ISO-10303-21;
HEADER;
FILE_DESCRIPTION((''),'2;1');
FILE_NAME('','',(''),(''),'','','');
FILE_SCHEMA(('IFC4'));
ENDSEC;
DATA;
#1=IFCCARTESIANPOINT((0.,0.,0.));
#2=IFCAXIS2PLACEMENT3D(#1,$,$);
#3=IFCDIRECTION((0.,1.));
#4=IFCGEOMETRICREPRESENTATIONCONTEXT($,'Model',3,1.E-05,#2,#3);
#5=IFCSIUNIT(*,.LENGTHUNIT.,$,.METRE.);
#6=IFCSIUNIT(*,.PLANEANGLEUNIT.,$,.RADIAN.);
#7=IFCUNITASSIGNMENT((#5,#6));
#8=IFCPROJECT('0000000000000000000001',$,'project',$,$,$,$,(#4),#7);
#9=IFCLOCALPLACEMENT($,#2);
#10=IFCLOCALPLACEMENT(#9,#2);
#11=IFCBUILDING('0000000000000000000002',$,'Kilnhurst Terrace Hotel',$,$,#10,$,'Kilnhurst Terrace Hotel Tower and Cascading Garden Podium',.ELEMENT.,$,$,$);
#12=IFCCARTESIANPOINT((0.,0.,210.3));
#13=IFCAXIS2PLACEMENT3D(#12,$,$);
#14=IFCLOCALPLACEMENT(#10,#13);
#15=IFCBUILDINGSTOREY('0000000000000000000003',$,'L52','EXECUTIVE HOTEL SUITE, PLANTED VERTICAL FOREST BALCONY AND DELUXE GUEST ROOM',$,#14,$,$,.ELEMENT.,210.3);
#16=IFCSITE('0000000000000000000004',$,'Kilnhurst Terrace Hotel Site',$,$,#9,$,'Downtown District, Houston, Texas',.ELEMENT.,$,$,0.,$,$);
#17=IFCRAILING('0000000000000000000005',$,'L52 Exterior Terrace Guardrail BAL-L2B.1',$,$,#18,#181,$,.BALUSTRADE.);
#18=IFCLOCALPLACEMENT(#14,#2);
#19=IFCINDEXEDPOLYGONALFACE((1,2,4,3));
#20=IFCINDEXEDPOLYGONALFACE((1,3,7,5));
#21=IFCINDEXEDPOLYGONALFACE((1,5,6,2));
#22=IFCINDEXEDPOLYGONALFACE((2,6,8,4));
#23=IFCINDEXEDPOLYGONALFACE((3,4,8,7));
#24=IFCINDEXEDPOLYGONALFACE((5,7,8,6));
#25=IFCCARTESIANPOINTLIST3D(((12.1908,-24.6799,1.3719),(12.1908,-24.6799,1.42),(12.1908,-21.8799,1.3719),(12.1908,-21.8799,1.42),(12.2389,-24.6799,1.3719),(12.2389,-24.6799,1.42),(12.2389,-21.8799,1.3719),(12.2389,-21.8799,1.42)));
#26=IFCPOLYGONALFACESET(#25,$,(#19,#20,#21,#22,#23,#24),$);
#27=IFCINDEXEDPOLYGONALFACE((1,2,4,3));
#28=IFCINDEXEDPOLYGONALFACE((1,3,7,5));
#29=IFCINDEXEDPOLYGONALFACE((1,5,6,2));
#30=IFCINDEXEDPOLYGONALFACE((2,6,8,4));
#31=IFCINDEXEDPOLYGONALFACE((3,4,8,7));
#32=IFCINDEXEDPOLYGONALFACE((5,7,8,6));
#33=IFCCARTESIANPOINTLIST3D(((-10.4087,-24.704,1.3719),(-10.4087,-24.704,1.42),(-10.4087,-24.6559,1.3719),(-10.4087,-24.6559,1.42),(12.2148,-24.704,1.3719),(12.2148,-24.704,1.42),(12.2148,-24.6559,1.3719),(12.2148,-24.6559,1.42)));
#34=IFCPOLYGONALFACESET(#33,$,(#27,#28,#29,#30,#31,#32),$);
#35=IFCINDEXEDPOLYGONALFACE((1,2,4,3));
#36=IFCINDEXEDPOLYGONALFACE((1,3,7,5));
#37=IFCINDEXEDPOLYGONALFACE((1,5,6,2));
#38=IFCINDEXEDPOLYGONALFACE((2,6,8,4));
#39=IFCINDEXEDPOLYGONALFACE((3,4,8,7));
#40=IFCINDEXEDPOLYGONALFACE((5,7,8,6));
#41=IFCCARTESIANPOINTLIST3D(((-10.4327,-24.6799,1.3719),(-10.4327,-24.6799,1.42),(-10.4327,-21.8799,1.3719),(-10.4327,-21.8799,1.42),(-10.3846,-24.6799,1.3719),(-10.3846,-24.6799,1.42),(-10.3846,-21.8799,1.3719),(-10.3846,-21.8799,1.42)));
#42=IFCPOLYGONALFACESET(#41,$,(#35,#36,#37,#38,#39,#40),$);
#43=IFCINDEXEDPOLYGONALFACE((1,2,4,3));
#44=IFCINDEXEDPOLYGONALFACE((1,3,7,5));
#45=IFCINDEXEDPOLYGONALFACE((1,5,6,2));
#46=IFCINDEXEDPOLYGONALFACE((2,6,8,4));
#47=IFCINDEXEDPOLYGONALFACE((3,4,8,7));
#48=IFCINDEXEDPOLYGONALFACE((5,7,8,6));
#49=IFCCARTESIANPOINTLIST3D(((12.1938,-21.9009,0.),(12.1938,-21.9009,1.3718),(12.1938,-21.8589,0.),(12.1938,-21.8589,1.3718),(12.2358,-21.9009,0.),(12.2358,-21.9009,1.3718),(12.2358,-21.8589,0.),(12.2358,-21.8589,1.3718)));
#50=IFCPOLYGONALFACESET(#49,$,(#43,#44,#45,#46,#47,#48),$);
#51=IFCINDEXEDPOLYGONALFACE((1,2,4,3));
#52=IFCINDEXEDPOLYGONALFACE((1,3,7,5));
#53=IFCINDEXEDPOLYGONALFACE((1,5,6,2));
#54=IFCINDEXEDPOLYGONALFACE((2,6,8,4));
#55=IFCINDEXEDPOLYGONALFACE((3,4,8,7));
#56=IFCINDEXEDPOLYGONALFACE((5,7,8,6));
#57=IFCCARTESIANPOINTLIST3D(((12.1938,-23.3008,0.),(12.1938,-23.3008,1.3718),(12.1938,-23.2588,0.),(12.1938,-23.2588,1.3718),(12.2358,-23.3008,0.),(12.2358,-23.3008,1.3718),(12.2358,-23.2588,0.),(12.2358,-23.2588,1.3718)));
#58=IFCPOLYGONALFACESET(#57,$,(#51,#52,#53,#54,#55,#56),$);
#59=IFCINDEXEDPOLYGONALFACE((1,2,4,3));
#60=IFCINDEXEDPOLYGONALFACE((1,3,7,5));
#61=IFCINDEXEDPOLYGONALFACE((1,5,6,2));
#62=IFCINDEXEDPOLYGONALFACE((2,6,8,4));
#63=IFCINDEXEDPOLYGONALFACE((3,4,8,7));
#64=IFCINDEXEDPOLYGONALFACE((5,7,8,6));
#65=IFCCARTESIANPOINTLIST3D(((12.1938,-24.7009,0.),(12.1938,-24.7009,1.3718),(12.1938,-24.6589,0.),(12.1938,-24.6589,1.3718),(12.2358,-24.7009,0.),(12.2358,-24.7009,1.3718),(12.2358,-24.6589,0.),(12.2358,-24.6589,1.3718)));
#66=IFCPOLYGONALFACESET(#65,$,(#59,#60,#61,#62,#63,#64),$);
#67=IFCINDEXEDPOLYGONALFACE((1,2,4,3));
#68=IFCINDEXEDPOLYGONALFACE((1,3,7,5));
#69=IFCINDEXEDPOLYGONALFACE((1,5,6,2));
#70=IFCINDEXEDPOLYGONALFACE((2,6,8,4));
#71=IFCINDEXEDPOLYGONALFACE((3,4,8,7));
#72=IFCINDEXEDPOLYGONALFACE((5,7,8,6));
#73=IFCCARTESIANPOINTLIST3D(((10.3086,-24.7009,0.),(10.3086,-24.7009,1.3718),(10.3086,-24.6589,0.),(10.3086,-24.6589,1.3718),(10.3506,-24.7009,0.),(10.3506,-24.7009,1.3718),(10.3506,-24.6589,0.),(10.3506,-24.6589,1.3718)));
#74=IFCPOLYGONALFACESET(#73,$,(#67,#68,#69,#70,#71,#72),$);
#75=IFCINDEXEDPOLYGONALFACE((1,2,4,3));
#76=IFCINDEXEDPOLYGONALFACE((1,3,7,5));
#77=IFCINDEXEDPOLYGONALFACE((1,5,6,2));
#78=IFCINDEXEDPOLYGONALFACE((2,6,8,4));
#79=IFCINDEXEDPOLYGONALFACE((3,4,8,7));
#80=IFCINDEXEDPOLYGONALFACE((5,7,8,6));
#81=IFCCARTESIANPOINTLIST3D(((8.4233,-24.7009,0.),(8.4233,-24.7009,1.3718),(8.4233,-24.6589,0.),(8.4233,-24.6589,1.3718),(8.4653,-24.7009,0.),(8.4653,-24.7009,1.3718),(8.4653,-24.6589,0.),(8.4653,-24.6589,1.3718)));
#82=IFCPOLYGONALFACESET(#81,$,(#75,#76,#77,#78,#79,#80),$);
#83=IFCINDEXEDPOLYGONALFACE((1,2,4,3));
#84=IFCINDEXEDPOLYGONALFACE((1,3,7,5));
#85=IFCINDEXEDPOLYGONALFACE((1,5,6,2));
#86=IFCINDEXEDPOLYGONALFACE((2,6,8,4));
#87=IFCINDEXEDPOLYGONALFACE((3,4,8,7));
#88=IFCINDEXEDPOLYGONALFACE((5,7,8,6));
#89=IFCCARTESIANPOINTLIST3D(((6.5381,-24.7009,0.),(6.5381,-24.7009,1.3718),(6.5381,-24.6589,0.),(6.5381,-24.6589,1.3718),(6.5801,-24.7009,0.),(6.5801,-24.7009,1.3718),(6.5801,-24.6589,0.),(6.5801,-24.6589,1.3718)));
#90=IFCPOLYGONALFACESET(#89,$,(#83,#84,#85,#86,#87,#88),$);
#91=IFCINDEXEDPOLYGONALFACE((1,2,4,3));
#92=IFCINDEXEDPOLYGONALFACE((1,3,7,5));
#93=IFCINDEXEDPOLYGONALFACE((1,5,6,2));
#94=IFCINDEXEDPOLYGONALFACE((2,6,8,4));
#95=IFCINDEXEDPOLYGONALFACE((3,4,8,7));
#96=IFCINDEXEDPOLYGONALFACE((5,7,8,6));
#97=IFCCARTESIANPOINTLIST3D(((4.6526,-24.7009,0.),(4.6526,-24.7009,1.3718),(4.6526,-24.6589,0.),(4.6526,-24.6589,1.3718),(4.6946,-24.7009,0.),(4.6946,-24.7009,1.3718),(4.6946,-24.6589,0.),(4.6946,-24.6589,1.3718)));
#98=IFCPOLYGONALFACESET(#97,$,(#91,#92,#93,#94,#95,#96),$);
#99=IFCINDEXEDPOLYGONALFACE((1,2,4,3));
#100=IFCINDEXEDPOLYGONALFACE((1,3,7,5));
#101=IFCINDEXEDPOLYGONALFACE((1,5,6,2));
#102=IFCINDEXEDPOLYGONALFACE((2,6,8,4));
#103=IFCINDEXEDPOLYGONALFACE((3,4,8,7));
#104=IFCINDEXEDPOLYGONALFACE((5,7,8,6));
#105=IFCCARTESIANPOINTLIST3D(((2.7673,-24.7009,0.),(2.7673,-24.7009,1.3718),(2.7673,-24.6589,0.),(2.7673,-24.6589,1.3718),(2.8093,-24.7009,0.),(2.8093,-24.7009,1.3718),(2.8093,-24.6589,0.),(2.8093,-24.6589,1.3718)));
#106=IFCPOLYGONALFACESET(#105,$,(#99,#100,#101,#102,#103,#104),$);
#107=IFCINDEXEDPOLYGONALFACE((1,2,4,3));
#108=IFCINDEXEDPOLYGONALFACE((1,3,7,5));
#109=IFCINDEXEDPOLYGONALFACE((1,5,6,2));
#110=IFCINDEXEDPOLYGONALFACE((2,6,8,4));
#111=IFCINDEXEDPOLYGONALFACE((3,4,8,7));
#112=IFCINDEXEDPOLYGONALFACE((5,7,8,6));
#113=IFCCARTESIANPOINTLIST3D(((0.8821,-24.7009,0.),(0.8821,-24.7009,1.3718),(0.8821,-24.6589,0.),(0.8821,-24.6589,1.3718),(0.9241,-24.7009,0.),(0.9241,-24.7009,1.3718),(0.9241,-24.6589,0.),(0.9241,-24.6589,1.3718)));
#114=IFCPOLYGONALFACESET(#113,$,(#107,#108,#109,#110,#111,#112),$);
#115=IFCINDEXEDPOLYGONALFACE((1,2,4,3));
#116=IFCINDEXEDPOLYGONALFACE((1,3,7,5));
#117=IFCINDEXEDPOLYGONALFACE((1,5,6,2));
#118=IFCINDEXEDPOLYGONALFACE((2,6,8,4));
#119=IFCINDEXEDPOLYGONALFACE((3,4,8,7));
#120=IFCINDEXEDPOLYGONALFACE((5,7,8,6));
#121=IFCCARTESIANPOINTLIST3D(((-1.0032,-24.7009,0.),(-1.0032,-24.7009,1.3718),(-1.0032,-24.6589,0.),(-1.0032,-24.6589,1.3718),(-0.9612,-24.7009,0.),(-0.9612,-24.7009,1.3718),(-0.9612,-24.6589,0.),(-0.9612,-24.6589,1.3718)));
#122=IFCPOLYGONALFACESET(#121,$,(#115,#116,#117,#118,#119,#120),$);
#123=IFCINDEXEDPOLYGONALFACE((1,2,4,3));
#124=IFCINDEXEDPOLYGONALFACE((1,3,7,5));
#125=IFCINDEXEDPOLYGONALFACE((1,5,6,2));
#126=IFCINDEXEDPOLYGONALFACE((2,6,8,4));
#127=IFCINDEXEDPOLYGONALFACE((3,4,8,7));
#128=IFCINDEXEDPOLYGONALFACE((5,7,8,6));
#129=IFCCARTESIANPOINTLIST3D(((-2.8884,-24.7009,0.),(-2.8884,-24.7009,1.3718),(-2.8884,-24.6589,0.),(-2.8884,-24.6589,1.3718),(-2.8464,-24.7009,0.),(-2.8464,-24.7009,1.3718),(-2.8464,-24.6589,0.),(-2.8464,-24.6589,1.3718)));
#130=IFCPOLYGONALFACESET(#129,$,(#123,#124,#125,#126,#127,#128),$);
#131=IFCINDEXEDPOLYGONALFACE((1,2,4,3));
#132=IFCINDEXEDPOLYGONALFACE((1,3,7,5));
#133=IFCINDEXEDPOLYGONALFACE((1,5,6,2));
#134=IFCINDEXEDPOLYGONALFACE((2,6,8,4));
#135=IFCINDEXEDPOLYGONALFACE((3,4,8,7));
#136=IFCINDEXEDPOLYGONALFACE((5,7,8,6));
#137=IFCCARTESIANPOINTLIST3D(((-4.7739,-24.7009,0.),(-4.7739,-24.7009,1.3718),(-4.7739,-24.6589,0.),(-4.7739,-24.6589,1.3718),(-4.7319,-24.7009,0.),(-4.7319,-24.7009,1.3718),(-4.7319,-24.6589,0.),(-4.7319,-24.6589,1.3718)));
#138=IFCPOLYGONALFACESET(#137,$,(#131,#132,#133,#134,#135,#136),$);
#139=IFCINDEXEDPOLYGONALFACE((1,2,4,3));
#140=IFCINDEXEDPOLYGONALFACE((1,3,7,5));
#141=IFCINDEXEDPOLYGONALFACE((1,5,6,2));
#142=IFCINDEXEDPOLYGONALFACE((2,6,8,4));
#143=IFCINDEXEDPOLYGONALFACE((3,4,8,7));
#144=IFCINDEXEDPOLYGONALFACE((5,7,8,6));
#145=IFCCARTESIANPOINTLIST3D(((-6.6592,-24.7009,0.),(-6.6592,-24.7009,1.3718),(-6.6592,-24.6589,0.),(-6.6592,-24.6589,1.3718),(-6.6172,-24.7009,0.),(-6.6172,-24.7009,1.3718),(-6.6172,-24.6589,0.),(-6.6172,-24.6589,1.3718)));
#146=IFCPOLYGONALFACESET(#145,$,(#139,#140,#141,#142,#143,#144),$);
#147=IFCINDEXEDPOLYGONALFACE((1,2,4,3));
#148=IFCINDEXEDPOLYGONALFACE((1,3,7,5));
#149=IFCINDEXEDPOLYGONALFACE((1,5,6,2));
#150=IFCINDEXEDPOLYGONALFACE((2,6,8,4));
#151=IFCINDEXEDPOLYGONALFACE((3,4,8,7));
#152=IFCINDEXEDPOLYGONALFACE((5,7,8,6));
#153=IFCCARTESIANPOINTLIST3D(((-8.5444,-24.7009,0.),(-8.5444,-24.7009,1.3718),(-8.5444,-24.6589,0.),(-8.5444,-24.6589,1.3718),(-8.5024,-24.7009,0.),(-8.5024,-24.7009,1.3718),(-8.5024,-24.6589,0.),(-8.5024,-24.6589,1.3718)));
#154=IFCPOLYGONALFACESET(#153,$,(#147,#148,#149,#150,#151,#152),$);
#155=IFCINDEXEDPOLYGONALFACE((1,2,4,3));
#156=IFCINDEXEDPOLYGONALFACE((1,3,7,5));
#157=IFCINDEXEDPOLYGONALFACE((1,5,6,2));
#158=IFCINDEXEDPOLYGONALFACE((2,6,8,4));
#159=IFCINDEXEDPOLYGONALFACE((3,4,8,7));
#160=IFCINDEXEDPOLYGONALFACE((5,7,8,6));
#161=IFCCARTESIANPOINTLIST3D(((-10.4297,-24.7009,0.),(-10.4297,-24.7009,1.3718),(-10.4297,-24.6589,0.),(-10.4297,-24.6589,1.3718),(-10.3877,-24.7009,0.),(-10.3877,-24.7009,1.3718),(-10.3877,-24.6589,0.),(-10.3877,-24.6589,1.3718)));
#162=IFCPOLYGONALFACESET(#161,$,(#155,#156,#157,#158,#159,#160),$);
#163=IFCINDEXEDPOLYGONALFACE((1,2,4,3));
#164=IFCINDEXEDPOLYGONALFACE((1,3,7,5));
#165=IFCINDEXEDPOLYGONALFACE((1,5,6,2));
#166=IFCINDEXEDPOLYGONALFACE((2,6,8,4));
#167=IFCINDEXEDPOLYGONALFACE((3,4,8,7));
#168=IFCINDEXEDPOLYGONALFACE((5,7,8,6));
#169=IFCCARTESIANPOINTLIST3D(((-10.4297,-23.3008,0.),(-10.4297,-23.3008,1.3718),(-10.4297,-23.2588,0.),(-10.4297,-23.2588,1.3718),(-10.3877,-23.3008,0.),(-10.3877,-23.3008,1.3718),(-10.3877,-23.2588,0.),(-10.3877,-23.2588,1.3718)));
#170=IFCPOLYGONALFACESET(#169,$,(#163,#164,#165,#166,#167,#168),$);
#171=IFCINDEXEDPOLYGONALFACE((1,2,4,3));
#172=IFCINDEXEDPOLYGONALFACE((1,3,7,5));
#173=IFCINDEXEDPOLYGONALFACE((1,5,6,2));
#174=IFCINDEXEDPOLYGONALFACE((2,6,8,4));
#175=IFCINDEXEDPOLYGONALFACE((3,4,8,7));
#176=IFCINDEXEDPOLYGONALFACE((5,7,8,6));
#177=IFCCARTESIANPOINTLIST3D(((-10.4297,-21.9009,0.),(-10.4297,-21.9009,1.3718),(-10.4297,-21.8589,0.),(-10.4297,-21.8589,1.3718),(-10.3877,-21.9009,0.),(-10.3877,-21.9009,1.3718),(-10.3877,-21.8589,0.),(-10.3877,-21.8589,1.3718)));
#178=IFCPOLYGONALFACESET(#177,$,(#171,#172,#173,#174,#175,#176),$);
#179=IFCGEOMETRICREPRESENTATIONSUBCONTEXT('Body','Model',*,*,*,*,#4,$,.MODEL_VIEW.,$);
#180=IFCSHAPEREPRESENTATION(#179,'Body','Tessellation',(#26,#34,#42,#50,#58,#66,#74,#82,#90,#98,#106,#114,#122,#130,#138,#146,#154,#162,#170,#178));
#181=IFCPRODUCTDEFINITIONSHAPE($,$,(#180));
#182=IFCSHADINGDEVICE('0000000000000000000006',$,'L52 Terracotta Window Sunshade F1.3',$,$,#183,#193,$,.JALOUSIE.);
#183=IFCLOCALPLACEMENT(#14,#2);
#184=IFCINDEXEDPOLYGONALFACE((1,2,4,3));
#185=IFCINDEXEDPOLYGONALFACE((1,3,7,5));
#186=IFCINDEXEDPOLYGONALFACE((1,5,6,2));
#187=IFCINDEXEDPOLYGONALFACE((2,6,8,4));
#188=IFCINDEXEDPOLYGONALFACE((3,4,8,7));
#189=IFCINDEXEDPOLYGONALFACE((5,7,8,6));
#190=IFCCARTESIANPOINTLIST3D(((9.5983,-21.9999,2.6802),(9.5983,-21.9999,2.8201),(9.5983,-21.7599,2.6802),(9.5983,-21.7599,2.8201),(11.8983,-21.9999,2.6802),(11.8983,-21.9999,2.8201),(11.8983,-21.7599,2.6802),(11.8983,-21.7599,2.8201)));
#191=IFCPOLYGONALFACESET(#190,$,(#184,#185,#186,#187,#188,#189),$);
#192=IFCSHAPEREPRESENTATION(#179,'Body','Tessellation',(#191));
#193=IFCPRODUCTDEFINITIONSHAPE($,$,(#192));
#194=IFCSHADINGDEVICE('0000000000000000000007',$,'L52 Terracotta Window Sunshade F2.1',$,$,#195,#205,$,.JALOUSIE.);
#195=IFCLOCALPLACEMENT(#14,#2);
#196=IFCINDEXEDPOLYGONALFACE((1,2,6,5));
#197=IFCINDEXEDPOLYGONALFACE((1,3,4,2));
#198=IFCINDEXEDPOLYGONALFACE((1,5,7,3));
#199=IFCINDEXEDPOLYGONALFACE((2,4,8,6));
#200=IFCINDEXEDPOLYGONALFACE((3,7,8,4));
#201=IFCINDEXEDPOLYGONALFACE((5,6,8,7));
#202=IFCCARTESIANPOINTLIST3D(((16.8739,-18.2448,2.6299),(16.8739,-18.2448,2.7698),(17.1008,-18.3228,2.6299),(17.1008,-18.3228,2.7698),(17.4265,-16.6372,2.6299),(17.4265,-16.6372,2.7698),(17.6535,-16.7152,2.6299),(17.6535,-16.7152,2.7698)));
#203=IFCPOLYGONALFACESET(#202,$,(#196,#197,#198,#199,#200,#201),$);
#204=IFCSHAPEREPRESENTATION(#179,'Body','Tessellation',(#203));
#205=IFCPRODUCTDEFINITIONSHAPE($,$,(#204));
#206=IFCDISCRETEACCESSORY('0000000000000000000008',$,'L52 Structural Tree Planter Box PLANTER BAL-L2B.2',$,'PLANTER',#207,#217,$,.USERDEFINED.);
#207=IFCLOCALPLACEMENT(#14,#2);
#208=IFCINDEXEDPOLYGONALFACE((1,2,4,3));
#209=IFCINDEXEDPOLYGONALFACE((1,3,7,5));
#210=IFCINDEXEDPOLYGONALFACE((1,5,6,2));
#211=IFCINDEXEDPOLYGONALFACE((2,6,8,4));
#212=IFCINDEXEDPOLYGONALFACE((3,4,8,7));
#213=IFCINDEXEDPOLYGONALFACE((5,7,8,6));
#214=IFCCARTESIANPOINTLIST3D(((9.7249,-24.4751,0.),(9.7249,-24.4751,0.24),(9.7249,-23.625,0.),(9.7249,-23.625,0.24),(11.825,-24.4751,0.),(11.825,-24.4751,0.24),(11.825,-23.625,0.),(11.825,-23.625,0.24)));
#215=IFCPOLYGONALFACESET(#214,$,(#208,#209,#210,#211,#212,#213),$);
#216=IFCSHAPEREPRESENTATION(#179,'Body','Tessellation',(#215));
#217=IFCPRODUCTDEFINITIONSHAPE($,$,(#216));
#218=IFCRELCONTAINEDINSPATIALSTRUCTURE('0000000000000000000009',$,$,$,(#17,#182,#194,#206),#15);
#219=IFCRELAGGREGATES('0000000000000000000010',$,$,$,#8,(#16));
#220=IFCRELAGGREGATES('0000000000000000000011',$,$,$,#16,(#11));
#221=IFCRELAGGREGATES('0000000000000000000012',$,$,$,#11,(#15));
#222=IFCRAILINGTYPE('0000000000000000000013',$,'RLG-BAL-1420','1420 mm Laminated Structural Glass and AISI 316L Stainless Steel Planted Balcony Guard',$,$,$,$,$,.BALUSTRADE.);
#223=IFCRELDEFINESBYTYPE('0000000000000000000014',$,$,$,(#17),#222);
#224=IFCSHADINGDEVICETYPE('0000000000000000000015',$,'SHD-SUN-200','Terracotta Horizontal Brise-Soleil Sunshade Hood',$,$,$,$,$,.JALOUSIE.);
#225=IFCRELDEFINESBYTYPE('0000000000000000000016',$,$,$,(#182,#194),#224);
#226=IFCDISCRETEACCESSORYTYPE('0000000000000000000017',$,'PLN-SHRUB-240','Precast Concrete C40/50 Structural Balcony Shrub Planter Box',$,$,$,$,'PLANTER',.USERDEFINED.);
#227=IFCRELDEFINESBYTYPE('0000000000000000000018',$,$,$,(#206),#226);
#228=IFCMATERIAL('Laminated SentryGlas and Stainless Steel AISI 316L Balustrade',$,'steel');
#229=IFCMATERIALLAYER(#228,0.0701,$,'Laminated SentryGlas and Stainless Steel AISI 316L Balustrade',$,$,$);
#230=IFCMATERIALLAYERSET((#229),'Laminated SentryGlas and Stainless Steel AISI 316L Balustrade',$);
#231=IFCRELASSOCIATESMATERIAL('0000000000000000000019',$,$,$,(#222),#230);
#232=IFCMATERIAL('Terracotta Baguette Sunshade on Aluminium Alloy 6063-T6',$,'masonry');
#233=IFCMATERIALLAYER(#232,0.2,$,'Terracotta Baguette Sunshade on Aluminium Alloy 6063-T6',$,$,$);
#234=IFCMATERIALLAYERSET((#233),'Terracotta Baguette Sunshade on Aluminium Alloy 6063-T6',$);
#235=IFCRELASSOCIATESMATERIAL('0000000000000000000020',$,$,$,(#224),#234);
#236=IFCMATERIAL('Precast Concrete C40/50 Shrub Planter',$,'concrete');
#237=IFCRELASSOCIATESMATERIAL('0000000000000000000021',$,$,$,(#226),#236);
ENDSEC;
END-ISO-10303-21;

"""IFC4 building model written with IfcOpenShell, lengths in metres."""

from ifc_helpers import new_model, si_unit, direction, frame, origin, origin_2d, place, context, subcontext, project, spatial, rectangle, extrude, material, layer, layer_set, type_object, element, save


model = new_model("IFC4")

# Units and contexts
model_context = context("Model", 3, precision=1e-05, world=origin(), true_north=direction((0.0, 1.0)))
body_context = subcontext(model_context, "Body", "Model", "MODEL_VIEW")
ifc_project = project(units=[si_unit("LENGTHUNIT", "METRE"), si_unit("PLANEANGLEUNIT", "RADIAN")], contexts=[model_context])

# Site, building, storey
site_placement = place(None, origin())
site = spatial("IfcSite", under=ifc_project, at=site_placement, Name="Kilnhurst Terrace Hotel Site", LongName="Downtown District, Houston, Texas", CompositionType="ELEMENT", RefElevation=0.0)
building_placement = place(site_placement, origin())
building = spatial("IfcBuilding", under=site, at=building_placement, Name="Kilnhurst Terrace Hotel", LongName="Kilnhurst Terrace Hotel Tower and Cascading Garden Podium", CompositionType="ELEMENT")
storey_placement = place(building_placement, frame((0.0, 0.0, 210.3)))
storey = spatial("IfcBuildingStorey", under=building, at=storey_placement, Name="L52", Description="EXECUTIVE HOTEL SUITE, PLANTED VERTICAL FOREST BALCONY AND DELUXE GUEST ROOM", CompositionType="ELEMENT", Elevation=210.3)

# Railing
ifc_material_1 = material(Name="Laminated SentryGlas and Stainless Steel AISI 316L Balustrade", Category="steel")
ifc_layer_1 = layer(ifc_material_1, 0.0701, Name="Laminated SentryGlas and Stainless Steel AISI 316L Balustrade")
ifc_layer_set_1 = layer_set([ifc_layer_1], Name="Laminated SentryGlas and Stainless Steel AISI 316L Balustrade")
railing_type = type_object("IfcRailingType", Name="RLG-BAL-1420", Description="1420 mm Laminated Structural Glass and AISI 316L Stainless Steel Planted Balcony Guard", PredefinedType="BALUSTRADE", material=ifc_layer_set_1)
railing_placement = place(storey_placement, frame((12.2148, -21.8799, 0.0)))
element("IfcRailing", 1, at=railing_placement, inside=storey, type_object=railing_type, Name="L52 Exterior Terrace Guardrail BAL-L2B.1", PredefinedType="BALUSTRADE", context=body_context, shape_type="SweptSolid", body=[
    extrude(rectangle(XDim=0.0481, YDim=0.0481, at=origin_2d()), frame((0.0, 0.0, 1.396), z_axis=(0.0, -1.0, 0.0), x_axis=(1.0, 0.0, 0.0)), (0.0, 0.0, 1.0), 2.8),
    extrude(rectangle(XDim=0.0481, YDim=0.0481, at=origin_2d()), frame((0.0, -2.8, 1.396), z_axis=(-1.0, 0.0, 0.0), x_axis=(0.0, -1.0, 0.0)), (0.0, 0.0, 1.0), 22.6235),
    extrude(rectangle(XDim=0.0481, YDim=0.0481, at=origin_2d()), frame((-22.6235, -2.8, 1.396), z_axis=(0.0, 1.0, 0.0), x_axis=(-1.0, 0.0, 0.0)), (0.0, 0.0, 1.0), 2.8),
    extrude(rectangle(XDim=0.042, YDim=0.042, at=origin_2d()), origin(), (0.0, 0.0, 1.0), 1.3718),
    extrude(rectangle(XDim=0.042, YDim=0.042, at=origin_2d()), frame((0.0, -1.3999, 0.0)), (0.0, 0.0, 1.0), 1.3718),
    extrude(rectangle(XDim=0.042, YDim=0.042, at=origin_2d()), frame((0.0, -2.8, 0.0)), (0.0, 0.0, 1.0), 1.3718),
    extrude(rectangle(XDim=0.042, YDim=0.042, at=origin_2d()), frame((-1.8853, -2.8, 0.0)), (0.0, 0.0, 1.0), 1.3718),
    extrude(rectangle(XDim=0.042, YDim=0.042, at=origin_2d()), frame((-3.7705, -2.8, 0.0)), (0.0, 0.0, 1.0), 1.3718),
    extrude(rectangle(XDim=0.042, YDim=0.042, at=origin_2d()), frame((-5.6558, -2.8, 0.0)), (0.0, 0.0, 1.0), 1.3718),
    extrude(rectangle(XDim=0.042, YDim=0.042, at=origin_2d()), frame((-7.5413, -2.8, 0.0)), (0.0, 0.0, 1.0), 1.3718),
    extrude(rectangle(XDim=0.042, YDim=0.042, at=origin_2d()), frame((-9.4265, -2.8, 0.0)), (0.0, 0.0, 1.0), 1.3718),
    extrude(rectangle(XDim=0.042, YDim=0.042, at=origin_2d()), frame((-11.3118, -2.8, 0.0)), (0.0, 0.0, 1.0), 1.3718),
    extrude(rectangle(XDim=0.042, YDim=0.042, at=origin_2d()), frame((-13.197, -2.8, 0.0)), (0.0, 0.0, 1.0), 1.3718),
    extrude(rectangle(XDim=0.042, YDim=0.042, at=origin_2d()), frame((-15.0823, -2.8, 0.0)), (0.0, 0.0, 1.0), 1.3718),
    extrude(rectangle(XDim=0.042, YDim=0.042, at=origin_2d()), frame((-16.9678, -2.8, 0.0)), (0.0, 0.0, 1.0), 1.3718),
    extrude(rectangle(XDim=0.042, YDim=0.042, at=origin_2d()), frame((-18.853, -2.8, 0.0)), (0.0, 0.0, 1.0), 1.3718),
    extrude(rectangle(XDim=0.042, YDim=0.042, at=origin_2d()), frame((-20.7383, -2.8, 0.0)), (0.0, 0.0, 1.0), 1.3718),
    extrude(rectangle(XDim=0.042, YDim=0.042, at=origin_2d()), frame((-22.6235, -2.8, 0.0)), (0.0, 0.0, 1.0), 1.3718),
    extrude(rectangle(XDim=0.042, YDim=0.042, at=origin_2d()), frame((-22.6235, -1.3999, 0.0)), (0.0, 0.0, 1.0), 1.3718),
    extrude(rectangle(XDim=0.042, YDim=0.042, at=origin_2d()), frame((-22.6235, 0.0, 0.0)), (0.0, 0.0, 1.0), 1.3718),
])

# Shading devices
ifc_material_2 = material(Name="Terracotta Baguette Sunshade on Aluminium Alloy 6063-T6", Category="masonry")
ifc_layer_2 = layer(ifc_material_2, 0.2, Name="Terracotta Baguette Sunshade on Aluminium Alloy 6063-T6")
ifc_layer_set_2 = layer_set([ifc_layer_2], Name="Terracotta Baguette Sunshade on Aluminium Alloy 6063-T6")
shading_device_type = type_object("IfcShadingDeviceType", Name="SHD-SUN-200", Description="Terracotta Horizontal Brise-Soleil Sunshade Hood", PredefinedType="JALOUSIE", material=ifc_layer_set_2)
shading_device_1_placement = place(storey_placement, frame((10.7483, -21.8799, 2.6802), z_axis=(0.0, 0.0, 1.0), x_axis=(1.0, 0.0, 0.0)))
element("IfcShadingDevice", 2, at=shading_device_1_placement, inside=storey, type_object=shading_device_type, Name="L52 Terracotta Window Sunshade F1.3", PredefinedType="JALOUSIE", context=body_context, shape_type="SweptSolid", body=[
    extrude(rectangle(XDim=2.3, YDim=0.24, at=origin_2d()), origin(), (0.0, 0.0, 1.0), 0.1399),
])
shading_device_2_placement = place(storey_placement, frame((17.2637, -17.48, 2.6299), z_axis=(0.0, 0.0, 1.0), x_axis=(0.32509, 0.945683, 0.0)))
element("IfcShadingDevice", 3, at=shading_device_2_placement, inside=storey, type_object=shading_device_type, Name="L52 Terracotta Window Sunshade F2.1", PredefinedType="JALOUSIE", context=body_context, shape_type="SweptSolid", body=[
    extrude(rectangle(XDim=1.7, YDim=0.24, at=origin_2d()), origin(), (0.0, 0.0, 1.0), 0.1399),
])

# Discrete accessory
ifc_material_3 = material(Name="Precast Concrete C40/50 Shrub Planter", Category="concrete")
discrete_accessory_type = type_object("IfcDiscreteAccessoryType", Name="PLN-SHRUB-240", Description="Precast Concrete C40/50 Structural Balcony Shrub Planter Box", ElementType="PLANTER", PredefinedType="USERDEFINED", material=ifc_material_3)
discrete_accessory_placement = place(storey_placement, frame((10.7749, -24.05, 0.0), z_axis=(0.0, 0.0, 1.0), x_axis=(1.0, 0.0, 0.0)))
element("IfcDiscreteAccessory", 4, at=discrete_accessory_placement, inside=storey, type_object=discrete_accessory_type, Name="L52 Structural Tree Planter Box PLANTER BAL-L2B.2", ObjectType="PLANTER", PredefinedType="USERDEFINED", context=body_context, shape_type="SweptSolid", body=[
    extrude(rectangle(XDim=2.1001, YDim=0.8501, at=origin_2d()), origin(), (0.0, 0.0, 1.0), 0.24),
])

save(model, "model.ifc")
